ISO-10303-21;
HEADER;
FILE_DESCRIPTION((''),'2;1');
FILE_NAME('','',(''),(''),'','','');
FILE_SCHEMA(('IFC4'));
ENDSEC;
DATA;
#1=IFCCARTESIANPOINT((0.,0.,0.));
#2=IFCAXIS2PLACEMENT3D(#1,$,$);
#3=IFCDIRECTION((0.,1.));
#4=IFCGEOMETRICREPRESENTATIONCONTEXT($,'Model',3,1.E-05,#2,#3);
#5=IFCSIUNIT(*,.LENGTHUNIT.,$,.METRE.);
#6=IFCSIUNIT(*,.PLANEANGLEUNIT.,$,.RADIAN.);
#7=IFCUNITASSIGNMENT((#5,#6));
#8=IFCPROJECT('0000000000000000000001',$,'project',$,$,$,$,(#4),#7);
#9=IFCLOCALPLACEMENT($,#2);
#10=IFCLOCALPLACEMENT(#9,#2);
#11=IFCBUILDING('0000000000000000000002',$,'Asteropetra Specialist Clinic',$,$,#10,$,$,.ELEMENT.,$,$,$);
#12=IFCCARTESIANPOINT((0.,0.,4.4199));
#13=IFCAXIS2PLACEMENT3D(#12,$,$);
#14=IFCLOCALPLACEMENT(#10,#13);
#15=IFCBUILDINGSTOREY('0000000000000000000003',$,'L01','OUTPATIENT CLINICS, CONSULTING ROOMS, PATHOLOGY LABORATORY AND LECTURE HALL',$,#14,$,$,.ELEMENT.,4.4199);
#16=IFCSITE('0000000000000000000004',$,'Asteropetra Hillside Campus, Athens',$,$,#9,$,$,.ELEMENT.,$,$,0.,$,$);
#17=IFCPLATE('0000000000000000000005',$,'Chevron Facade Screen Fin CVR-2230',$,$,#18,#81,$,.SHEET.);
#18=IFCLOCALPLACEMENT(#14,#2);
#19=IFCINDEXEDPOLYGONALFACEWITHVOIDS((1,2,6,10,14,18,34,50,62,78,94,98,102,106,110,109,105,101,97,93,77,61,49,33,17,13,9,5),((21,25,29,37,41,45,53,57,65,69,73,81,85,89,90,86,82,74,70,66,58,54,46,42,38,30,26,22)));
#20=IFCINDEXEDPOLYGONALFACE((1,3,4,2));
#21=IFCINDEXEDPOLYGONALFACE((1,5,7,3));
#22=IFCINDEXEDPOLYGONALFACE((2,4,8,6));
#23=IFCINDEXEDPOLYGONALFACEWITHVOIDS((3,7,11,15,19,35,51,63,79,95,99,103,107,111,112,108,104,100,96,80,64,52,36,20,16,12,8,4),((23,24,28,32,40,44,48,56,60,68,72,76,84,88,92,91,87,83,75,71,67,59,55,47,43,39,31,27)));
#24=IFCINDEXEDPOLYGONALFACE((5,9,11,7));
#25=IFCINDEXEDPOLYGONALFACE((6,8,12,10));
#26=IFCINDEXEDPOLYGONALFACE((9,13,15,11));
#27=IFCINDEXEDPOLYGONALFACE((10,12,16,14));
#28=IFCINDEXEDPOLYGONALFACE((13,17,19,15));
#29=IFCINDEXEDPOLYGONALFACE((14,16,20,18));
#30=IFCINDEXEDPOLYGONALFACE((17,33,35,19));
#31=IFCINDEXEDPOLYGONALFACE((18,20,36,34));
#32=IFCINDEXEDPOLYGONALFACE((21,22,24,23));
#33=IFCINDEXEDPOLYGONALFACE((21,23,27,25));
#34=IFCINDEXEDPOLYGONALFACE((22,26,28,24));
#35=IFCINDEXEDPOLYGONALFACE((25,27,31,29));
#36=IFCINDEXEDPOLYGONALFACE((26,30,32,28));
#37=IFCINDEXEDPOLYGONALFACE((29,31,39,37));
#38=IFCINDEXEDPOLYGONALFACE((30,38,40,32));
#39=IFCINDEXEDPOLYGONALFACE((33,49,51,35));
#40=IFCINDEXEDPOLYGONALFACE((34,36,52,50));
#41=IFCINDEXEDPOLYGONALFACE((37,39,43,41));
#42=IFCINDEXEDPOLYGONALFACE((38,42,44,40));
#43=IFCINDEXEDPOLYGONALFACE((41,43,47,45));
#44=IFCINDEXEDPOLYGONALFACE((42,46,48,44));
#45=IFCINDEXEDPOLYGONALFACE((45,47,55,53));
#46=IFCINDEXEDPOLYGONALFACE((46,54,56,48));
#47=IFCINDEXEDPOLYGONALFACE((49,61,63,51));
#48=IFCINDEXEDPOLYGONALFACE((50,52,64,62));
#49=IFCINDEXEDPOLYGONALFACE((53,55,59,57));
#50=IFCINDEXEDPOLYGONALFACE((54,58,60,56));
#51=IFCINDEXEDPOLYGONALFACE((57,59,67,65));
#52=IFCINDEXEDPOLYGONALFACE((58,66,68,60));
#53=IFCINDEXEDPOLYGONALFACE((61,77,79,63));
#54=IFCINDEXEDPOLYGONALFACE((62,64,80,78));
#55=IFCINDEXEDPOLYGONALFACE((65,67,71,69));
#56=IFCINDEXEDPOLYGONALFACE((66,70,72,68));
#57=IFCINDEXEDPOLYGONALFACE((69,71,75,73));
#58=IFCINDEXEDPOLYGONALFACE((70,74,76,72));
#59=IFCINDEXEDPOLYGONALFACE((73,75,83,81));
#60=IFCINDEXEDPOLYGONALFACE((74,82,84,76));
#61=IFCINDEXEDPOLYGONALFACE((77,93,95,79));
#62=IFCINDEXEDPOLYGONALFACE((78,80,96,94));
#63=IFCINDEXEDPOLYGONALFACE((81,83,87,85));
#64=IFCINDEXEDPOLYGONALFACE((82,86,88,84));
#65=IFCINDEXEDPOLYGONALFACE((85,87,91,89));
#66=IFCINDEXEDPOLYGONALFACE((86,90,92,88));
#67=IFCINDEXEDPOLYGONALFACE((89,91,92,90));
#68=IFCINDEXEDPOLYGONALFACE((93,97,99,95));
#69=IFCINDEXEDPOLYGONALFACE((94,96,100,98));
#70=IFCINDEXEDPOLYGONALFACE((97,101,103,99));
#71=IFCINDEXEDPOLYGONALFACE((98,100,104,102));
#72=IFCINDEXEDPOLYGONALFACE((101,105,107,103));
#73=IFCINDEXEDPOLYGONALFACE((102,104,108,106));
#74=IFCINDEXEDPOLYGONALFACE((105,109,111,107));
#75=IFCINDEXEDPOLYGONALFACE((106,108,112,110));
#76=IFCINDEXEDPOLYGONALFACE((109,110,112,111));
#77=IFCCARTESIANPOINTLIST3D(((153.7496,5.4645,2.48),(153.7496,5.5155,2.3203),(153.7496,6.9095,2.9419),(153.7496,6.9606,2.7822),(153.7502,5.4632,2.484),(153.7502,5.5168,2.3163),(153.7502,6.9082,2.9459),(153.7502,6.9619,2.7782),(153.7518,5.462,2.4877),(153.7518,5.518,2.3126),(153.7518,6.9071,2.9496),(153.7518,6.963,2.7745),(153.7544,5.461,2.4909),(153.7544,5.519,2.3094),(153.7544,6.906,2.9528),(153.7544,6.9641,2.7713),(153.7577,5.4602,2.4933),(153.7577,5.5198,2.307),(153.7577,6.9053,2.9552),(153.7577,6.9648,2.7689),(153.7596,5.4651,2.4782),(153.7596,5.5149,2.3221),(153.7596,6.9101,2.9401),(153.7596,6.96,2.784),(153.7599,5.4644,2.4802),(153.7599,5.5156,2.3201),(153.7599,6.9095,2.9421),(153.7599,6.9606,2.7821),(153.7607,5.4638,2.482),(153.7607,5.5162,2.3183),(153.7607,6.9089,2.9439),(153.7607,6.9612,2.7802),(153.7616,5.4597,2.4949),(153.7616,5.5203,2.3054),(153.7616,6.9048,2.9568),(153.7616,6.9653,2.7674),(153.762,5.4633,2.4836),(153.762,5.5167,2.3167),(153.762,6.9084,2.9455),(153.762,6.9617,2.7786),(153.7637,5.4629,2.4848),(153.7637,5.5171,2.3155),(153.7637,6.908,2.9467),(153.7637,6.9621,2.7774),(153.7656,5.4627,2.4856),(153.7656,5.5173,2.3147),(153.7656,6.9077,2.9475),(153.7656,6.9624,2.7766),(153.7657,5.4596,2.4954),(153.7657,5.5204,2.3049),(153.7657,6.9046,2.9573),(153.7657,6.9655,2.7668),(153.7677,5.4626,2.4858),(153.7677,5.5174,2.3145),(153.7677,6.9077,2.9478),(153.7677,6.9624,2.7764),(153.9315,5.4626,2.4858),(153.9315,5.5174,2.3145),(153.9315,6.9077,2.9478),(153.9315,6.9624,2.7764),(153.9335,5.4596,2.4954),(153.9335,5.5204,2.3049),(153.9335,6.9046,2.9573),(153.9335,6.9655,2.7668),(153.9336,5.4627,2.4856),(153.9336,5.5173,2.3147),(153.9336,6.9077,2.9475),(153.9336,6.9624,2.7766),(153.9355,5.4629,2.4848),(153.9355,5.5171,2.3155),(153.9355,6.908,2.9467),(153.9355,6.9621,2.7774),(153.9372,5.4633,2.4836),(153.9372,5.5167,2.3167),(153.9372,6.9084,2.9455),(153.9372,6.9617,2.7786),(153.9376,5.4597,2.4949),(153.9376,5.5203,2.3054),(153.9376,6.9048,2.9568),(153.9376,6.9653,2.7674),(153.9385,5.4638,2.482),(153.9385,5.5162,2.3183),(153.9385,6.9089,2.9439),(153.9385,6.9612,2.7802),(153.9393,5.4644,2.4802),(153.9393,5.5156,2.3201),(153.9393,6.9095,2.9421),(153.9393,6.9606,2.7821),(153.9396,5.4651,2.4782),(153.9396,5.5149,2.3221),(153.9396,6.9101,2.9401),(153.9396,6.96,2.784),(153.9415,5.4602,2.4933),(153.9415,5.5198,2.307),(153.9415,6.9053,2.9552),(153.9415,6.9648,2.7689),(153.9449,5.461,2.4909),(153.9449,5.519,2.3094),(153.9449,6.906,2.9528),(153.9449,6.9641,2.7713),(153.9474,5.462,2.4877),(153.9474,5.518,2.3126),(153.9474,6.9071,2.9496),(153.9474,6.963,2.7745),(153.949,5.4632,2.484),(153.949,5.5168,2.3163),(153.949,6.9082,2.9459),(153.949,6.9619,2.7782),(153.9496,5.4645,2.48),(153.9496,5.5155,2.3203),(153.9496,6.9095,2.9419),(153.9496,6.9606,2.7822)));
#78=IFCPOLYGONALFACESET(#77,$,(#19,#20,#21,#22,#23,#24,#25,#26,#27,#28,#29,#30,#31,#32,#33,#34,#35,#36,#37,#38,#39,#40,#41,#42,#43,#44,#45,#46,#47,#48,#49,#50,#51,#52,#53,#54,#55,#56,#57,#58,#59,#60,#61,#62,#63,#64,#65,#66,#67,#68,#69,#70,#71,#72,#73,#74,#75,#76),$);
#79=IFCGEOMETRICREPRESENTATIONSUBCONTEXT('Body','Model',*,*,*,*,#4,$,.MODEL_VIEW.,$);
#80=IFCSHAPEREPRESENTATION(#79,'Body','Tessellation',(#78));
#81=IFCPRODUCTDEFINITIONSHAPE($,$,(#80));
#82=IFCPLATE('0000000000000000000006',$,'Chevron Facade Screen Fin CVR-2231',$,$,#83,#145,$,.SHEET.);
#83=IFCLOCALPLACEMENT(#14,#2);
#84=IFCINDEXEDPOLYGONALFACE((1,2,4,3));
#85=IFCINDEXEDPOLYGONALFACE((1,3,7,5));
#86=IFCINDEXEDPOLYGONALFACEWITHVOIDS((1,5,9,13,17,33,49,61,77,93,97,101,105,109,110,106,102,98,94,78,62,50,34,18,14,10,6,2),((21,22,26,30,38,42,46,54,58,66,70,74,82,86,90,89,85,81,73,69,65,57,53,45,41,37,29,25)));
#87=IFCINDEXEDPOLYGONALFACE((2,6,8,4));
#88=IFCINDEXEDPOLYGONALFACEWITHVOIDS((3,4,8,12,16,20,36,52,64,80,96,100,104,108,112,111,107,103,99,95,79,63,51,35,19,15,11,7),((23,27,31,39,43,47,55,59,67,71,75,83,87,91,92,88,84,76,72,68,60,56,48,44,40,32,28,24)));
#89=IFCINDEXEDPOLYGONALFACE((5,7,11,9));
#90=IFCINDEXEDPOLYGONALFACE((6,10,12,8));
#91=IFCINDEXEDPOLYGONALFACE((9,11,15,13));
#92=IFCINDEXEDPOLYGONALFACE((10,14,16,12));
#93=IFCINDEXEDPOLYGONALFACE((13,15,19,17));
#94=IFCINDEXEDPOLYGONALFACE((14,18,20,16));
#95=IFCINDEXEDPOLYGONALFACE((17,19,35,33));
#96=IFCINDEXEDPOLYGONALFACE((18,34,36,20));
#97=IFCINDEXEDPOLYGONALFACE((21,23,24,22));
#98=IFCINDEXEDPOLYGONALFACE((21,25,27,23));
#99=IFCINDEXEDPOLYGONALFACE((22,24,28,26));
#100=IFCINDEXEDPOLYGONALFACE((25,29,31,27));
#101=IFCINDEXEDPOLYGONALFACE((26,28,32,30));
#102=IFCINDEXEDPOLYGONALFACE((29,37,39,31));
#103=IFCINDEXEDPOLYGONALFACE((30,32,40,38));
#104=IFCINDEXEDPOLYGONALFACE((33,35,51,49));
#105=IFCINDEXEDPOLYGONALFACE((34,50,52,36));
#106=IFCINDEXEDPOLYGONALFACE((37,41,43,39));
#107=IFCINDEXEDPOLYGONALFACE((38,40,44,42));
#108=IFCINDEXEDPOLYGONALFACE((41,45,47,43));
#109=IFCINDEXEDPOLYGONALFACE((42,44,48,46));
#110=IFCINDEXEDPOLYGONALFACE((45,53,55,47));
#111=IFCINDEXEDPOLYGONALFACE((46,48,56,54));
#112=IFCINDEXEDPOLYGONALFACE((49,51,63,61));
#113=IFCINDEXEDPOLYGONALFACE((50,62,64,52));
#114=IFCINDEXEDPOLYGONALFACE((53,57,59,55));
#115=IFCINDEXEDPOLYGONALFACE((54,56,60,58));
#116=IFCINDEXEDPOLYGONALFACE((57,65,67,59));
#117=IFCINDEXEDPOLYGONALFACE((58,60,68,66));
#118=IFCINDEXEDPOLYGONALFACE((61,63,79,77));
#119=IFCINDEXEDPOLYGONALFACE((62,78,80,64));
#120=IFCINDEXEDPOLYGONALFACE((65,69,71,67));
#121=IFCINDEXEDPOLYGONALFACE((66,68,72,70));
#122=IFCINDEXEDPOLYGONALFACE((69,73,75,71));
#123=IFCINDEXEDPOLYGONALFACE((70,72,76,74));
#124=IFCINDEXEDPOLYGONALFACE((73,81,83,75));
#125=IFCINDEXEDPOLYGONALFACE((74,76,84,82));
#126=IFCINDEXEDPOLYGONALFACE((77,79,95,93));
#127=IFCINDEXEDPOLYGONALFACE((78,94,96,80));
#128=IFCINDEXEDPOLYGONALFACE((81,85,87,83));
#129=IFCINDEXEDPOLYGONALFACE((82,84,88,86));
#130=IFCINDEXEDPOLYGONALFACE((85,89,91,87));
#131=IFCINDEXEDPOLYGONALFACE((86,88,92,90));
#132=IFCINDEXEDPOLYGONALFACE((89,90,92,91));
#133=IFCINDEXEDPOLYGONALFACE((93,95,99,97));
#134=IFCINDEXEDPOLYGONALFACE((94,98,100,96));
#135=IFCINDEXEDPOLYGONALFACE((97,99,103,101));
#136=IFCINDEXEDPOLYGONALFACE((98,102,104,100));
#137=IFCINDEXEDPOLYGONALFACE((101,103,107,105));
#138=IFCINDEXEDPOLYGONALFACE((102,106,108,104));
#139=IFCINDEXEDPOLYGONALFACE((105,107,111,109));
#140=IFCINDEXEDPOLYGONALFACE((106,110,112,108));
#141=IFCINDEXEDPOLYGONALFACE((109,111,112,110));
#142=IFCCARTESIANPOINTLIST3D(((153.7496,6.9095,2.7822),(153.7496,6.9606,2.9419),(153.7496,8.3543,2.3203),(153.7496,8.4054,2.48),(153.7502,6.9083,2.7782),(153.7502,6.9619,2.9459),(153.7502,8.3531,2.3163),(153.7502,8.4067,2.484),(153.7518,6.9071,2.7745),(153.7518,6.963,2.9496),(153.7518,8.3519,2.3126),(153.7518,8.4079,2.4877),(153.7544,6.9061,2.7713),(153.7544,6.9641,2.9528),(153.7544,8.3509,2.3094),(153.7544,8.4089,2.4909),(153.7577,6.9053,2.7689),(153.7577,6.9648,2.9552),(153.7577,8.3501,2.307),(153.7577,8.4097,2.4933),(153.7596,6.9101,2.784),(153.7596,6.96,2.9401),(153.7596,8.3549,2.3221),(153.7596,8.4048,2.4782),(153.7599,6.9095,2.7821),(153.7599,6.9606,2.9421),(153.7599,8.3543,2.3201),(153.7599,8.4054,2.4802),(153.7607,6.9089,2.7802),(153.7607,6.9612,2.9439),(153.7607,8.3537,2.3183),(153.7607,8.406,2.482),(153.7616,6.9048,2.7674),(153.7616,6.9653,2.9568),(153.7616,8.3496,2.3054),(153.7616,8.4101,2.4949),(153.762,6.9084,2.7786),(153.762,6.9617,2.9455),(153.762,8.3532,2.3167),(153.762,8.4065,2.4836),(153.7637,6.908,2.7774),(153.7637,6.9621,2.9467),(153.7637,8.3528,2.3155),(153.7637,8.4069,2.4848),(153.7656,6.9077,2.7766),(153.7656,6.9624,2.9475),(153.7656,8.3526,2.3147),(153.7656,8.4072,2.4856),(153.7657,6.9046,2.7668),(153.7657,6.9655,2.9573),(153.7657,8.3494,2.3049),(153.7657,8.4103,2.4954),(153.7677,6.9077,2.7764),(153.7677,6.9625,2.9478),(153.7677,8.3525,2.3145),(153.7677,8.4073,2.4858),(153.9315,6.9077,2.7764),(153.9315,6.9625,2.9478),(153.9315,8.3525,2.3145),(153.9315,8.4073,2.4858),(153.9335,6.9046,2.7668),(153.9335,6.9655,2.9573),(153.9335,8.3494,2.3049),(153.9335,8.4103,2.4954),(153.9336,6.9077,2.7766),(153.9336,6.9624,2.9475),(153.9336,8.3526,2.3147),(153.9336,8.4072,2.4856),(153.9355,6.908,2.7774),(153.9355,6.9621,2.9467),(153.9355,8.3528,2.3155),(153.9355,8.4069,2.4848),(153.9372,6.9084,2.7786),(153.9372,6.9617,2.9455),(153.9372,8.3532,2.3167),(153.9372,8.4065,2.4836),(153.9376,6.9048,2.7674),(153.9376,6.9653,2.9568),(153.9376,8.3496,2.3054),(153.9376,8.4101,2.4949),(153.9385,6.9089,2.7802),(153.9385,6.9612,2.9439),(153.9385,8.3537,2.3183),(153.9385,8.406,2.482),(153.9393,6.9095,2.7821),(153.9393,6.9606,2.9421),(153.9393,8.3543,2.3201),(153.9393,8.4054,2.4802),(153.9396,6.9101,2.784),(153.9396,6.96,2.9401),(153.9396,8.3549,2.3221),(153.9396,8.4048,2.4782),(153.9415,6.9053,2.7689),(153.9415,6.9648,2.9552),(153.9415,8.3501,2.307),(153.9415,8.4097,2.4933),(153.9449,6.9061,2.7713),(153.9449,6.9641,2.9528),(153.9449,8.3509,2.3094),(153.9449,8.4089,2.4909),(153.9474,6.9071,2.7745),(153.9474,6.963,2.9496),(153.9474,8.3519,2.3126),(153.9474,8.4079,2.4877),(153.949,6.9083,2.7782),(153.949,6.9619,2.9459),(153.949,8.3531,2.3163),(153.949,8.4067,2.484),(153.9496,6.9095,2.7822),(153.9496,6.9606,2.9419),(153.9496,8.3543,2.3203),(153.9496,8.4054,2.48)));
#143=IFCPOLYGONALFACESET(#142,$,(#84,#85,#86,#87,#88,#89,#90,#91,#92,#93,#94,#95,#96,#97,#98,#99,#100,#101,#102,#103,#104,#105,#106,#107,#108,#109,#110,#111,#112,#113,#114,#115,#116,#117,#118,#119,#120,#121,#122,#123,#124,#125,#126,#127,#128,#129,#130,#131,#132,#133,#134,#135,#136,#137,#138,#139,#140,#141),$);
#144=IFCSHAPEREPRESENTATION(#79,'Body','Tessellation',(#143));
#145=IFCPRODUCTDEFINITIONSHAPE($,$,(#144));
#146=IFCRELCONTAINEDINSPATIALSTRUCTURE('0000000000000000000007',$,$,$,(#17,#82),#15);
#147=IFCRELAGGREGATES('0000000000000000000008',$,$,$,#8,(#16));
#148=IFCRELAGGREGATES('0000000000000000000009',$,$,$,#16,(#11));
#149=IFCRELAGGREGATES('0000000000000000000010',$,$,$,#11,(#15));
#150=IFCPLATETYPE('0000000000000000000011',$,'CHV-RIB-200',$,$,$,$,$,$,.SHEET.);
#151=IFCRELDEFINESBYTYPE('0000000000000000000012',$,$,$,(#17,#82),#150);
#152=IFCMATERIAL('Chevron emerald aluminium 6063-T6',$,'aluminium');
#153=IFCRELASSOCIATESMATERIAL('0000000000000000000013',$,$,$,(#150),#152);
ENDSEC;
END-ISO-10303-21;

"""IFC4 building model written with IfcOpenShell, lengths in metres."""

from ifc_helpers import new_model, si_unit, direction, frame, origin, origin_2d, place, context, subcontext, project, spatial, hollow_rectangle, extrude, material, material_profile, profile_set, type_object, element, save


model = new_model("IFC4")

# Units and contexts
model_context = context("Model", 3, precision=1e-05, world=origin(), true_north=direction((0.0, 1.0)))
body_context = subcontext(model_context, "Body", "Model", "MODEL_VIEW")
ifc_project = project(units=[si_unit("LENGTHUNIT", "METRE"), si_unit("PLANEANGLEUNIT", "RADIAN")], contexts=[model_context])

# Site, building, storey
site_placement = place(None, origin())
site = spatial("IfcSite", under=ifc_project, at=site_placement, Name="Asteropetra Hillside Campus, Athens", CompositionType="ELEMENT", RefElevation=0.0)
building_placement = place(site_placement, origin())
building = spatial("IfcBuilding", under=site, at=building_placement, Name="Asteropetra Specialist Clinic", CompositionType="ELEMENT")
storey_placement = place(building_placement, frame((0.0, 0.0, 4.4199)))
storey = spatial("IfcBuildingStorey", under=building, at=storey_placement, Name="L01", Description="OUTPATIENT CLINICS, CONSULTING ROOMS, PATHOLOGY LABORATORY AND LECTURE HALL", CompositionType="ELEMENT", Elevation=4.4199)

# Plates
ifc_material_1 = material(Name="Chevron emerald aluminium 6063-T6", Category="aluminium")
ifc_material_profile = material_profile(ifc_material_1, hollow_rectangle(XDim=0.2, YDim=0.2, WallThickness=0.01, InnerFilletRadius=0.0081, OuterFilletRadius=0.0161, at=origin_2d()), Name="SHS 200x200x10.0")
ifc_profile_set = profile_set([ifc_material_profile], Name="Chevron emerald aluminium 6063-T6")
plate_type = type_object("IfcPlateType", Name="CHV-RIB-200", PredefinedType="SHEET", material=ifc_profile_set)
plate_1_placement = place(storey_placement, frame((153.8496, 5.49, 2.4001), z_axis=(0.0, 0.952521, 0.304472), x_axis=(-1.0, 0.0, 0.0)))
element("IfcPlate", 1, at=plate_1_placement, inside=storey, type_object=plate_type, Name="Chevron Facade Screen Fin CVR-2230", PredefinedType="SHEET", context=body_context, shape_type="SweptSolid", body=[
    extrude(hollow_rectangle(XDim=0.2, YDim=0.2, WallThickness=0.01, InnerFilletRadius=0.0081, OuterFilletRadius=0.0161, at=origin_2d()), origin(), (0.0, 0.0, 1.0), 1.5171),
])
plate_2_placement = place(storey_placement, frame((153.8496, 6.9351, 2.8621), z_axis=(0.0, 0.952506, -0.304519), x_axis=(-1.0, 0.0, 0.0)))
element("IfcPlate", 2, at=plate_2_placement, inside=storey, type_object=plate_type, Name="Chevron Facade Screen Fin CVR-2231", PredefinedType="SHEET", context=body_context, shape_type="SweptSolid", body=[
    extrude(hollow_rectangle(XDim=0.2, YDim=0.2, WallThickness=0.01, InnerFilletRadius=0.0081, OuterFilletRadius=0.0161, at=origin_2d()), origin(), (0.0, 0.0, 1.0), 1.5168),
])

save(model, "model.ifc")
